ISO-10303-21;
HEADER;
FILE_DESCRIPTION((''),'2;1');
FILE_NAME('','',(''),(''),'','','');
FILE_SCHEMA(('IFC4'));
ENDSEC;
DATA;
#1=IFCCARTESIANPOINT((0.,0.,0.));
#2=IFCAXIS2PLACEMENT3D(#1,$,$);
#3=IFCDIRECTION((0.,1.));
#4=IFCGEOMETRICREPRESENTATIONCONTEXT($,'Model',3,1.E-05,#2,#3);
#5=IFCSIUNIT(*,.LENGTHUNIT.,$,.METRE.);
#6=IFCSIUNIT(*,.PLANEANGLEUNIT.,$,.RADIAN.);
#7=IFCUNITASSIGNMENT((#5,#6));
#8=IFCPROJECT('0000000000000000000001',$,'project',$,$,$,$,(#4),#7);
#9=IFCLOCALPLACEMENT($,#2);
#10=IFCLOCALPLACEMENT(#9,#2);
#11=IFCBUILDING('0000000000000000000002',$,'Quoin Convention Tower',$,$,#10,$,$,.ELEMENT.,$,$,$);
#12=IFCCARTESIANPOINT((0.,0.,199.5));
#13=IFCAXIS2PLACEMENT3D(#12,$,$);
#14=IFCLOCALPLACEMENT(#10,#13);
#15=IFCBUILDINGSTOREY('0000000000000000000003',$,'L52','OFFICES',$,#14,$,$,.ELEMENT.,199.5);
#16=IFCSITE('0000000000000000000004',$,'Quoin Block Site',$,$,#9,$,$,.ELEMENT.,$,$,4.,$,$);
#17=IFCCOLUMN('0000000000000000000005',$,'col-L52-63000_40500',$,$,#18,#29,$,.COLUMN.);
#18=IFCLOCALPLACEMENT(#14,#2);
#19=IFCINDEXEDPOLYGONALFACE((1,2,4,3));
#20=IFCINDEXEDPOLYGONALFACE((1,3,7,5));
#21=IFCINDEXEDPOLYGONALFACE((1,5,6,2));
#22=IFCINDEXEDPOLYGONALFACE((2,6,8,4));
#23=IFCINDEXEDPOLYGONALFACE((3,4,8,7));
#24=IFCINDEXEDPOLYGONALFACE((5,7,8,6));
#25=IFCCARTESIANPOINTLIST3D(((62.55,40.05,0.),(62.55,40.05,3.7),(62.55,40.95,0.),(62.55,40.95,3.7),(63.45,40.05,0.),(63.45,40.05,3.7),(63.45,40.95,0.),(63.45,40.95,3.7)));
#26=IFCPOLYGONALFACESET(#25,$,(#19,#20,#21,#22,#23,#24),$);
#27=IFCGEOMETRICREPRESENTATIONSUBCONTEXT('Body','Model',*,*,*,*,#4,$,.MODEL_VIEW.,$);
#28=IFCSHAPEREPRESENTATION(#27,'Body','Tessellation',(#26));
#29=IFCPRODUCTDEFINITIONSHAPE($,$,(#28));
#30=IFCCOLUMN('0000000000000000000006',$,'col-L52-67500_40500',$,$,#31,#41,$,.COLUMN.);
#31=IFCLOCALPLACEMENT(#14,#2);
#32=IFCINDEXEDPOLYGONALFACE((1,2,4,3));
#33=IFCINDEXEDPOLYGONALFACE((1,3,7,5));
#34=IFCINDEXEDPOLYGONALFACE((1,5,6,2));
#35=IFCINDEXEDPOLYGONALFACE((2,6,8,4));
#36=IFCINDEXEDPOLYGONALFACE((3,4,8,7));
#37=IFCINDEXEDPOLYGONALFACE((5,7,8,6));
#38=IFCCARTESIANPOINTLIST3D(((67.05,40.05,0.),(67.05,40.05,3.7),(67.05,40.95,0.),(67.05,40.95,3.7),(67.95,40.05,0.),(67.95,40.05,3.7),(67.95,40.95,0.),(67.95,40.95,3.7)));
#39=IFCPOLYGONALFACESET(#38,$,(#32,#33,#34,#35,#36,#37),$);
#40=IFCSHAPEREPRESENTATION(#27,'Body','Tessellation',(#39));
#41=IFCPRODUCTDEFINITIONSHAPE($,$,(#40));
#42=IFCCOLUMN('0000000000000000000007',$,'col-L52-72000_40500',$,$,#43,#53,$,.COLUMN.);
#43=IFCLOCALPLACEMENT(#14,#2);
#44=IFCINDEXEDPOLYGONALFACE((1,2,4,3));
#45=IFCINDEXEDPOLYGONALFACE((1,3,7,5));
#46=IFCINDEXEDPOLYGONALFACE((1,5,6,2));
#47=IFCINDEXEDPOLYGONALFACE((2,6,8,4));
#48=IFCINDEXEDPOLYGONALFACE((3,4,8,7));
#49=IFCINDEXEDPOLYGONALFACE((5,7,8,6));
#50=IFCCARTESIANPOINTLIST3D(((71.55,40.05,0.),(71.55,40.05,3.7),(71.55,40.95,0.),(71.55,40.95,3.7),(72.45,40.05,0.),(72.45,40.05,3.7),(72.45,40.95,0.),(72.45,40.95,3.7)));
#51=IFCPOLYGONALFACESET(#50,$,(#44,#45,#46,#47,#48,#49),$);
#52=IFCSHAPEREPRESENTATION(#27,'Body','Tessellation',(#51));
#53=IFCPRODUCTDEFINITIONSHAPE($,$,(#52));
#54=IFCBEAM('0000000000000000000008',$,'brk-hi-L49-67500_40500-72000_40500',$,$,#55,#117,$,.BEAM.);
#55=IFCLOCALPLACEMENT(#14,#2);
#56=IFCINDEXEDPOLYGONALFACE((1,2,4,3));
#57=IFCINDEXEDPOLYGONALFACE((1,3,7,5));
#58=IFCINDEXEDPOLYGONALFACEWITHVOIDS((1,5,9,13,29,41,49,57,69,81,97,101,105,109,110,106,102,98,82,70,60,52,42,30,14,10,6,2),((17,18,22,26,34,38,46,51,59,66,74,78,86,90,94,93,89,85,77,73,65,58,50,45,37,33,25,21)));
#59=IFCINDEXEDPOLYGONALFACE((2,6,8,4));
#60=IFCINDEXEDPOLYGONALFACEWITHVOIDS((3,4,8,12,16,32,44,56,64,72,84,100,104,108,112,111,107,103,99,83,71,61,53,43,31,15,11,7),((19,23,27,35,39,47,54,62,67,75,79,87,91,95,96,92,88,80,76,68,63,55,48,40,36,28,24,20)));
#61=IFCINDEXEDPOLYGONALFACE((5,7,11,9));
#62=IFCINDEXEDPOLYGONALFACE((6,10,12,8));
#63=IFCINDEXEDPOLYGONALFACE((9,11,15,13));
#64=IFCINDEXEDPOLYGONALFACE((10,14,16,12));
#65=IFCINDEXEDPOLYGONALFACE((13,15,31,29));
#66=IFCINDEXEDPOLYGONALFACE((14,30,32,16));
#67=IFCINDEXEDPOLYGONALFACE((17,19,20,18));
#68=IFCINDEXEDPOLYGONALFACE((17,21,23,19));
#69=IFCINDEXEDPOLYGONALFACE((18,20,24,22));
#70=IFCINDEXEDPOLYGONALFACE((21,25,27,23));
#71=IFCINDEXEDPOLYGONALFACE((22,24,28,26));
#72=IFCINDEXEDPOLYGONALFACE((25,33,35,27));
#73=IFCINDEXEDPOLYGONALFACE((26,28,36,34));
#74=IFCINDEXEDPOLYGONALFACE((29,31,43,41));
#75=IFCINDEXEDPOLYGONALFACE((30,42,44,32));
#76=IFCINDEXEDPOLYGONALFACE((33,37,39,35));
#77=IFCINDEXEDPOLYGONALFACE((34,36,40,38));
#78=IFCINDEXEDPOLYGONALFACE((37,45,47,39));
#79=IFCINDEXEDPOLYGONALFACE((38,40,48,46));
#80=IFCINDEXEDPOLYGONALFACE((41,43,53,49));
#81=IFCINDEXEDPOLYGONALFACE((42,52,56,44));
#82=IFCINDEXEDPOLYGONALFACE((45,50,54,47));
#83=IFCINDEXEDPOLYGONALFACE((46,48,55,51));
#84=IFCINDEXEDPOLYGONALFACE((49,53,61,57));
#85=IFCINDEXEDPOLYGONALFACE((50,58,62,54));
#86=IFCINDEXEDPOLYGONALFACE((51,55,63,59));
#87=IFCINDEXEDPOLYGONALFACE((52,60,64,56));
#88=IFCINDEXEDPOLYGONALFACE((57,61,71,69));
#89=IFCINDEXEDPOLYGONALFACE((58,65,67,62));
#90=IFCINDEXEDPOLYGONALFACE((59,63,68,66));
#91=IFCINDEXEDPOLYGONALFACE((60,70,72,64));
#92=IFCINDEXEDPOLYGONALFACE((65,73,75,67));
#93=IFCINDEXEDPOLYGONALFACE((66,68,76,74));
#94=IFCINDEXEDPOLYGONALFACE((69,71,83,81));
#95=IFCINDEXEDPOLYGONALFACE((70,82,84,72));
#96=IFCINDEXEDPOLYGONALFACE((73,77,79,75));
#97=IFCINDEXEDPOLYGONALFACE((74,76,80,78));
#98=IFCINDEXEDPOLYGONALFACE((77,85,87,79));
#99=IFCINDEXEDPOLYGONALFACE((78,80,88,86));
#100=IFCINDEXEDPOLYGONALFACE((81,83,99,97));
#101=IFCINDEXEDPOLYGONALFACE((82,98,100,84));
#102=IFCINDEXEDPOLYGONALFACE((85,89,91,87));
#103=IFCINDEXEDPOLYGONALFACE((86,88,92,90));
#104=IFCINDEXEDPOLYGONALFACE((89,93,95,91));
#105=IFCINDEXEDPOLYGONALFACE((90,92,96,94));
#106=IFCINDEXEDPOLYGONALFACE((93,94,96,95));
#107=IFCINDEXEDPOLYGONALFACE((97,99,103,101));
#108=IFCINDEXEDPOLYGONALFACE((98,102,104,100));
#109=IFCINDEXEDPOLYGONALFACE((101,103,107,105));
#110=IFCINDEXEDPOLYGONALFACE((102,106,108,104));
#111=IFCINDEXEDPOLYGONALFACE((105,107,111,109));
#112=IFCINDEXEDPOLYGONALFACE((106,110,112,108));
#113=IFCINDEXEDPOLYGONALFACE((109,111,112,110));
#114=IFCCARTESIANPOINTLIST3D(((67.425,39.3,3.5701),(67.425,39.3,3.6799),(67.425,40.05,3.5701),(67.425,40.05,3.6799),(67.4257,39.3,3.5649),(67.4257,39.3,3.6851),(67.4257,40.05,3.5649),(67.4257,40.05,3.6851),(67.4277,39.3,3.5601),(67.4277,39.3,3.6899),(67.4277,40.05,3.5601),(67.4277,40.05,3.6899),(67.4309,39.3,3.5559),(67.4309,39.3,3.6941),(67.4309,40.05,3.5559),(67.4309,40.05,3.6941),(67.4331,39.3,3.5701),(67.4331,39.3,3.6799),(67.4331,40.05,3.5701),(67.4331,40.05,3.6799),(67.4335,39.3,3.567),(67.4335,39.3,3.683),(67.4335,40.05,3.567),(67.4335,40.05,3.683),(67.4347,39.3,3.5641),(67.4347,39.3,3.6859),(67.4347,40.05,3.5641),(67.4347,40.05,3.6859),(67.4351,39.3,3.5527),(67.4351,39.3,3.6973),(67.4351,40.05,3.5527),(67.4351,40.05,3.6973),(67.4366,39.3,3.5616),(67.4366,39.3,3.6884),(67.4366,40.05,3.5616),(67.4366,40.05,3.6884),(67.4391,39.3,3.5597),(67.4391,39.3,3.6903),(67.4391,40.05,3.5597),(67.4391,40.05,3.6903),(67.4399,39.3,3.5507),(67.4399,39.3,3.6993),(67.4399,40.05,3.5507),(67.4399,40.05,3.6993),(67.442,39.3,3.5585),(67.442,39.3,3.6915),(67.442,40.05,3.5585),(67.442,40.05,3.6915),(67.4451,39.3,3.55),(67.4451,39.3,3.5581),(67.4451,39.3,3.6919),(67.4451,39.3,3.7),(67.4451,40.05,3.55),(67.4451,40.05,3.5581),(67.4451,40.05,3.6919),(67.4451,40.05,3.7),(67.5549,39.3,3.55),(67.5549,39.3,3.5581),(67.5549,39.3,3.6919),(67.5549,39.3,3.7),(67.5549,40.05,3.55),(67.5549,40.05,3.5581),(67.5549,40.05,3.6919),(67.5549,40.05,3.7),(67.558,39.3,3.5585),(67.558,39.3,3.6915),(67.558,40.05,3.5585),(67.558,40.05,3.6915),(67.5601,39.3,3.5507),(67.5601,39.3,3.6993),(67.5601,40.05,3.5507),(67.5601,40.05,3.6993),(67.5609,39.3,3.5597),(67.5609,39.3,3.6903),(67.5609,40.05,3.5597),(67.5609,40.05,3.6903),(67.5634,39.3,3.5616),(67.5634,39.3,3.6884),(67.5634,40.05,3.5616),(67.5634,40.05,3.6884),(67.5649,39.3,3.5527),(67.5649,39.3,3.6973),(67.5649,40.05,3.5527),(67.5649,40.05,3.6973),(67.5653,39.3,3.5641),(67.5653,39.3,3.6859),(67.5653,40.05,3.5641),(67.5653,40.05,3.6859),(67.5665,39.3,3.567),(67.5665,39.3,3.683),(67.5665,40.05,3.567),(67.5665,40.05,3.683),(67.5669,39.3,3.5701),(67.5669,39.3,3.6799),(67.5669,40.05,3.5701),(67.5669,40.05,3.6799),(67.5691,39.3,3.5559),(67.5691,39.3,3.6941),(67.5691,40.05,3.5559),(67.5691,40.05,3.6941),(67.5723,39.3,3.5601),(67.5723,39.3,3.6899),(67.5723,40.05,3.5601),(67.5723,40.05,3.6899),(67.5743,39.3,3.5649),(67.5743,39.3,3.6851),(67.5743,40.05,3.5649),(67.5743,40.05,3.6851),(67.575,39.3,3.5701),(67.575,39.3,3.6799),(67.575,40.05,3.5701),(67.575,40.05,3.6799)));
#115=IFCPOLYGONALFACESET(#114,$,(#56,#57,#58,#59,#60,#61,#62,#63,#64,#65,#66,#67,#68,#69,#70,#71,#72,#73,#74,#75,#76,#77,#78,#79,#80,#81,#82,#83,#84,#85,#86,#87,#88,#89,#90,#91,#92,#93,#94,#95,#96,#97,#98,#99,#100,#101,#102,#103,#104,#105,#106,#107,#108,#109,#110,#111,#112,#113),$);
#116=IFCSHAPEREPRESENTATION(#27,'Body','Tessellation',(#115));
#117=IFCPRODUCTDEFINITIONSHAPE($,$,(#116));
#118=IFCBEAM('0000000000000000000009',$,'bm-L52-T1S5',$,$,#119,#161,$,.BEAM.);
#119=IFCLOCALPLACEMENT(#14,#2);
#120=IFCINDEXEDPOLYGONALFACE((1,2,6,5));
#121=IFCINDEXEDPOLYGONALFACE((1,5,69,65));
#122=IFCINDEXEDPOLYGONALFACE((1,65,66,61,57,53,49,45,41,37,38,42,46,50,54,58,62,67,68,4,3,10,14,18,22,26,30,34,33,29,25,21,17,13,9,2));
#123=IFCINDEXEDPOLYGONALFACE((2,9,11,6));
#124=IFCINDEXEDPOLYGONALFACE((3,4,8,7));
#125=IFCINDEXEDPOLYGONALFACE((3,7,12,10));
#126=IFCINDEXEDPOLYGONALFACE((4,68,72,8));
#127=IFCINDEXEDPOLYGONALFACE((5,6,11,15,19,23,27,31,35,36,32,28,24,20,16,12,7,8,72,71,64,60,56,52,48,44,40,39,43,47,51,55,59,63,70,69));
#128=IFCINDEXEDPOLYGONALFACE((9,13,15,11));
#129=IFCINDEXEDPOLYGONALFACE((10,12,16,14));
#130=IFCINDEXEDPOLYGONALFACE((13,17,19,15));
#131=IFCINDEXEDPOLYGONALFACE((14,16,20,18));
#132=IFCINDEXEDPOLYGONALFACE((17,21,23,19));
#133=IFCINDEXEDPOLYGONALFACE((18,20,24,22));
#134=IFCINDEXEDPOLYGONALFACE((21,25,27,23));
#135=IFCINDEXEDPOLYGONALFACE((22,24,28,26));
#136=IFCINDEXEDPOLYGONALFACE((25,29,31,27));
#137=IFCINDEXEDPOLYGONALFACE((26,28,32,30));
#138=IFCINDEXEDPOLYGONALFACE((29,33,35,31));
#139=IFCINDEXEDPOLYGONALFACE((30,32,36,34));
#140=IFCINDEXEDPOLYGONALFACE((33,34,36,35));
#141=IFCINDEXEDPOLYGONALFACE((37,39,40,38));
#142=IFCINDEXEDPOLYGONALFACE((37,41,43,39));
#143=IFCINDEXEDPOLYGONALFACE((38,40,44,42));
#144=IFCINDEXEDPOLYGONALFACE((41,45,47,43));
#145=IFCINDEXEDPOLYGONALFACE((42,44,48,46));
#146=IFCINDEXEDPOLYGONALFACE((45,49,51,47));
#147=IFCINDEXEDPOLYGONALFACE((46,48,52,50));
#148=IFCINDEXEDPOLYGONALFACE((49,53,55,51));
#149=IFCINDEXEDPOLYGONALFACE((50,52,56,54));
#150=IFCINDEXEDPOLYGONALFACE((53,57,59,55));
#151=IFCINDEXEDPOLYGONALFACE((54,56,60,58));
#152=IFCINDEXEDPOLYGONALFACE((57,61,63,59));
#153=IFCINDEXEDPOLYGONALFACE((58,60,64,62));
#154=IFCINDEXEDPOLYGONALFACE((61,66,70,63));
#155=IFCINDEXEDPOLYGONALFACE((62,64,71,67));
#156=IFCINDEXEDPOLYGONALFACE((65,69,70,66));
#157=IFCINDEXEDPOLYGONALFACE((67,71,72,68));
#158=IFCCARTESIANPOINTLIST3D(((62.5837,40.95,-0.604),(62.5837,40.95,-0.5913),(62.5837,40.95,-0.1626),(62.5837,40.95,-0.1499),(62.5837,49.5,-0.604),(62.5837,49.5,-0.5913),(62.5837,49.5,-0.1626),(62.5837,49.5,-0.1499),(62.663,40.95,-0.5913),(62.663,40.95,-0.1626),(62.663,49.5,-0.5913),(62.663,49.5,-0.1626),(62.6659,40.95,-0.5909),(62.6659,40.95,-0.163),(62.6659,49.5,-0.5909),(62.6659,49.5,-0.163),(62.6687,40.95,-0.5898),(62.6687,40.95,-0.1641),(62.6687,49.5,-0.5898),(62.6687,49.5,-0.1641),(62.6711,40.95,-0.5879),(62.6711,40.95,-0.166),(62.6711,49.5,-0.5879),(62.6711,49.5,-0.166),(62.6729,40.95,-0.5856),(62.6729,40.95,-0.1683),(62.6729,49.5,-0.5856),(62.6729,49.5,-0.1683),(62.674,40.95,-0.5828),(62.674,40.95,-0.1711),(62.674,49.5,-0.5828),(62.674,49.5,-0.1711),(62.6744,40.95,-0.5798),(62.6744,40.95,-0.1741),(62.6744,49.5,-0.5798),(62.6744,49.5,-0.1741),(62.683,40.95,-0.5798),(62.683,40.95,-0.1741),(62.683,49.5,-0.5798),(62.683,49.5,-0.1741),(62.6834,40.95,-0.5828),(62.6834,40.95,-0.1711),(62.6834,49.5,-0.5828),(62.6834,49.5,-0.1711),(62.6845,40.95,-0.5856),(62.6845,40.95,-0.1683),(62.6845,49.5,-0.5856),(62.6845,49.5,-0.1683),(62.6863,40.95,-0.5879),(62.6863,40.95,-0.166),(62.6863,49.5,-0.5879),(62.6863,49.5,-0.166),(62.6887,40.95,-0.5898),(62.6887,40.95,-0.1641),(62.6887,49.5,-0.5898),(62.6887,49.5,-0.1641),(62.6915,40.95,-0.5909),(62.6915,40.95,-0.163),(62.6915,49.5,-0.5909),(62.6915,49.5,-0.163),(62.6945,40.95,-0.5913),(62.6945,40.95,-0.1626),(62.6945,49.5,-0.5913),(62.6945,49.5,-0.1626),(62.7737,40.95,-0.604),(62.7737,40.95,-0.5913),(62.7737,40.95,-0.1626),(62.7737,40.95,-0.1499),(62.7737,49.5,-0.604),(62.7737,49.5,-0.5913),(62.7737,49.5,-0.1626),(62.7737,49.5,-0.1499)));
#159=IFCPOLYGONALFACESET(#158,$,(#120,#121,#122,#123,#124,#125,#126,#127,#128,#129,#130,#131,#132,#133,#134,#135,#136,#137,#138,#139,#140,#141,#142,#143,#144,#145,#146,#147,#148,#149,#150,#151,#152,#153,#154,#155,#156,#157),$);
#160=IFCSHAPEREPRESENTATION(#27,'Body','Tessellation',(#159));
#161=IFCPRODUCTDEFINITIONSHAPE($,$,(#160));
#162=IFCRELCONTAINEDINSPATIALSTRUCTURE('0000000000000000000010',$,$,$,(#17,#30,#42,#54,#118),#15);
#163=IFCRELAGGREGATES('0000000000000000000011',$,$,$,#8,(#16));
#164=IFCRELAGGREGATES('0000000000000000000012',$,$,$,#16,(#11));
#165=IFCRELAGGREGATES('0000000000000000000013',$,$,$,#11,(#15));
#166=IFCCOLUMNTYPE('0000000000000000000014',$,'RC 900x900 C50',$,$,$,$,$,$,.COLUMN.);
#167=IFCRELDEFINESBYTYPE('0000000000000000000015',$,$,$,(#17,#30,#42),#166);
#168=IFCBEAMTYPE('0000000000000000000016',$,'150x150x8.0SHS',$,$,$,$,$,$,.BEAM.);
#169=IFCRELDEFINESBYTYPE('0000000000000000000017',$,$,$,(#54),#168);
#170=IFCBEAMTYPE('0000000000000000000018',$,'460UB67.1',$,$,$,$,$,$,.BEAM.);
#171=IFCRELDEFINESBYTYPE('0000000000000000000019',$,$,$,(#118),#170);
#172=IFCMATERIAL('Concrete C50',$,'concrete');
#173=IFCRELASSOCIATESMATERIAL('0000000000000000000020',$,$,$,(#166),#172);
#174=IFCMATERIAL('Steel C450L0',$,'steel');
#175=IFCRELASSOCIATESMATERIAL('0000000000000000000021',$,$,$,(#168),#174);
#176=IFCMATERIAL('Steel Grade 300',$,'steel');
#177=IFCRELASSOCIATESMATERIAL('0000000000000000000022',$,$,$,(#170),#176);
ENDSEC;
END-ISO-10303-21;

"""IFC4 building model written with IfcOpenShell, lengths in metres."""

from ifc_helpers import new_model, si_unit, direction, frame, origin, origin_2d, place, context, subcontext, project, spatial, rectangle, hollow_rectangle, i_section, extrude, material, material_profile, profile_set, type_object, element, save


model = new_model("IFC4")

# Units and contexts
model_context = context("Model", 3, precision=1e-05, world=origin(), true_north=direction((0.0, 1.0)))
body_context = subcontext(model_context, "Body", "Model", "MODEL_VIEW")
ifc_project = project(units=[si_unit("LENGTHUNIT", "METRE"), si_unit("PLANEANGLEUNIT", "RADIAN")], contexts=[model_context])

# Site, building, storey
site_placement = place(None, origin())
site = spatial("IfcSite", under=ifc_project, at=site_placement, Name="Quoin Block Site", CompositionType="ELEMENT", RefElevation=4.0)
building_placement = place(site_placement, origin())
building = spatial("IfcBuilding", under=site, at=building_placement, Name="Quoin Convention Tower", CompositionType="ELEMENT")
storey_placement = place(building_placement, frame((0.0, 0.0, 199.5)))
storey = spatial("IfcBuildingStorey", under=building, at=storey_placement, Name="L52", Description="OFFICES", CompositionType="ELEMENT", Elevation=199.5)

# Columns
ifc_material_1 = material(Name="Concrete C50", Category="concrete")
ifc_material_profile_1 = material_profile(ifc_material_1, rectangle(XDim=0.8999, YDim=0.8999, at=origin_2d()), Name="RC 900x900")
ifc_profile_set_1 = profile_set([ifc_material_profile_1], Name="Concrete C50")
column_type = type_object("IfcColumnType", Name="RC 900x900 C50", PredefinedType="COLUMN", material=ifc_profile_set_1)
for number, where, z_axis, x_axis, name in (
    (1, (63.0, 40.5, 0.0), (0.0, 0.0, 1.0), (1.0, 0.0, 0.0), "col-L52-63000_40500"),
    (2, (67.5, 40.5, 0.0), (0.0, 0.0, 1.0), (1.0, 0.0, 0.0), "col-L52-67500_40500"),
    (3, (72.0, 40.5, 0.0), (0.0, 0.0, 1.0), (1.0, 0.0, 0.0), "col-L52-72000_40500"),
):
    element("IfcColumn", number, at=place(storey_placement, frame(where, z_axis=z_axis, x_axis=x_axis)), inside=storey, type_object=column_type, Name=name, PredefinedType="COLUMN", context=body_context, shape_type="SweptSolid", body=[
        extrude(rectangle(XDim=0.8999, YDim=0.8999, at=origin_2d()), origin(), (0.0, 0.0, 1.0), 3.7),
    ])

# Beams
ifc_material_2 = material(Name="Steel C450L0", Category="steel")
ifc_material_profile_2 = material_profile(ifc_material_2, hollow_rectangle(XDim=0.1499, YDim=0.1499, WallThickness=0.0081, InnerFilletRadius=0.012, OuterFilletRadius=0.02, at=origin_2d()), Name="150x150x8.0SHS")
ifc_profile_set_2 = profile_set([ifc_material_profile_2], Name="Steel C450L0")
beam_type_1 = type_object("IfcBeamType", Name="150x150x8.0SHS", PredefinedType="BEAM", material=ifc_profile_set_2)
beam_1_placement = place(storey_placement, frame((67.5, 40.05, 3.625), z_axis=(0.0, -1.0, 0.0), x_axis=(1.0, 0.0, 0.0)))
element("IfcBeam", 4, at=beam_1_placement, inside=storey, type_object=beam_type_1, Name="brk-hi-L49-67500_40500-72000_40500", PredefinedType="BEAM", context=body_context, shape_type="SweptSolid", body=[
    extrude(hollow_rectangle(XDim=0.1499, YDim=0.1499, WallThickness=0.0081, InnerFilletRadius=0.012, OuterFilletRadius=0.02, at=origin_2d()), origin(), (0.0, 0.0, 1.0), 0.75),
])
ifc_material_3 = material(Name="Steel Grade 300", Category="steel")
ifc_material_profile_3 = material_profile(ifc_material_3, i_section(OverallWidth=0.1899, OverallDepth=0.4541, WebThickness=0.0085, FlangeThickness=0.0127, FilletRadius=0.0115, at=origin_2d()), Name="460UB67.1")
ifc_profile_set_3 = profile_set([ifc_material_profile_3], Name="Steel Grade 300")
beam_type_2 = type_object("IfcBeamType", Name="460UB67.1", PredefinedType="BEAM", material=ifc_profile_set_3)
beam_2_placement = place(storey_placement, frame((62.6787, 40.95, -0.377), z_axis=(0.0, 1.0, 0.0), x_axis=(-1.0, 0.0, 0.0)))
element("IfcBeam", 5, at=beam_2_placement, inside=storey, type_object=beam_type_2, Name="bm-L52-T1S5", PredefinedType="BEAM", context=body_context, shape_type="SweptSolid", body=[
    extrude(i_section(OverallWidth=0.1899, OverallDepth=0.4541, WebThickness=0.0085, FlangeThickness=0.0127, FilletRadius=0.0115, at=origin_2d()), origin(), (0.0, 0.0, 1.0), 8.55),
])

save(model, "model.ifc")
